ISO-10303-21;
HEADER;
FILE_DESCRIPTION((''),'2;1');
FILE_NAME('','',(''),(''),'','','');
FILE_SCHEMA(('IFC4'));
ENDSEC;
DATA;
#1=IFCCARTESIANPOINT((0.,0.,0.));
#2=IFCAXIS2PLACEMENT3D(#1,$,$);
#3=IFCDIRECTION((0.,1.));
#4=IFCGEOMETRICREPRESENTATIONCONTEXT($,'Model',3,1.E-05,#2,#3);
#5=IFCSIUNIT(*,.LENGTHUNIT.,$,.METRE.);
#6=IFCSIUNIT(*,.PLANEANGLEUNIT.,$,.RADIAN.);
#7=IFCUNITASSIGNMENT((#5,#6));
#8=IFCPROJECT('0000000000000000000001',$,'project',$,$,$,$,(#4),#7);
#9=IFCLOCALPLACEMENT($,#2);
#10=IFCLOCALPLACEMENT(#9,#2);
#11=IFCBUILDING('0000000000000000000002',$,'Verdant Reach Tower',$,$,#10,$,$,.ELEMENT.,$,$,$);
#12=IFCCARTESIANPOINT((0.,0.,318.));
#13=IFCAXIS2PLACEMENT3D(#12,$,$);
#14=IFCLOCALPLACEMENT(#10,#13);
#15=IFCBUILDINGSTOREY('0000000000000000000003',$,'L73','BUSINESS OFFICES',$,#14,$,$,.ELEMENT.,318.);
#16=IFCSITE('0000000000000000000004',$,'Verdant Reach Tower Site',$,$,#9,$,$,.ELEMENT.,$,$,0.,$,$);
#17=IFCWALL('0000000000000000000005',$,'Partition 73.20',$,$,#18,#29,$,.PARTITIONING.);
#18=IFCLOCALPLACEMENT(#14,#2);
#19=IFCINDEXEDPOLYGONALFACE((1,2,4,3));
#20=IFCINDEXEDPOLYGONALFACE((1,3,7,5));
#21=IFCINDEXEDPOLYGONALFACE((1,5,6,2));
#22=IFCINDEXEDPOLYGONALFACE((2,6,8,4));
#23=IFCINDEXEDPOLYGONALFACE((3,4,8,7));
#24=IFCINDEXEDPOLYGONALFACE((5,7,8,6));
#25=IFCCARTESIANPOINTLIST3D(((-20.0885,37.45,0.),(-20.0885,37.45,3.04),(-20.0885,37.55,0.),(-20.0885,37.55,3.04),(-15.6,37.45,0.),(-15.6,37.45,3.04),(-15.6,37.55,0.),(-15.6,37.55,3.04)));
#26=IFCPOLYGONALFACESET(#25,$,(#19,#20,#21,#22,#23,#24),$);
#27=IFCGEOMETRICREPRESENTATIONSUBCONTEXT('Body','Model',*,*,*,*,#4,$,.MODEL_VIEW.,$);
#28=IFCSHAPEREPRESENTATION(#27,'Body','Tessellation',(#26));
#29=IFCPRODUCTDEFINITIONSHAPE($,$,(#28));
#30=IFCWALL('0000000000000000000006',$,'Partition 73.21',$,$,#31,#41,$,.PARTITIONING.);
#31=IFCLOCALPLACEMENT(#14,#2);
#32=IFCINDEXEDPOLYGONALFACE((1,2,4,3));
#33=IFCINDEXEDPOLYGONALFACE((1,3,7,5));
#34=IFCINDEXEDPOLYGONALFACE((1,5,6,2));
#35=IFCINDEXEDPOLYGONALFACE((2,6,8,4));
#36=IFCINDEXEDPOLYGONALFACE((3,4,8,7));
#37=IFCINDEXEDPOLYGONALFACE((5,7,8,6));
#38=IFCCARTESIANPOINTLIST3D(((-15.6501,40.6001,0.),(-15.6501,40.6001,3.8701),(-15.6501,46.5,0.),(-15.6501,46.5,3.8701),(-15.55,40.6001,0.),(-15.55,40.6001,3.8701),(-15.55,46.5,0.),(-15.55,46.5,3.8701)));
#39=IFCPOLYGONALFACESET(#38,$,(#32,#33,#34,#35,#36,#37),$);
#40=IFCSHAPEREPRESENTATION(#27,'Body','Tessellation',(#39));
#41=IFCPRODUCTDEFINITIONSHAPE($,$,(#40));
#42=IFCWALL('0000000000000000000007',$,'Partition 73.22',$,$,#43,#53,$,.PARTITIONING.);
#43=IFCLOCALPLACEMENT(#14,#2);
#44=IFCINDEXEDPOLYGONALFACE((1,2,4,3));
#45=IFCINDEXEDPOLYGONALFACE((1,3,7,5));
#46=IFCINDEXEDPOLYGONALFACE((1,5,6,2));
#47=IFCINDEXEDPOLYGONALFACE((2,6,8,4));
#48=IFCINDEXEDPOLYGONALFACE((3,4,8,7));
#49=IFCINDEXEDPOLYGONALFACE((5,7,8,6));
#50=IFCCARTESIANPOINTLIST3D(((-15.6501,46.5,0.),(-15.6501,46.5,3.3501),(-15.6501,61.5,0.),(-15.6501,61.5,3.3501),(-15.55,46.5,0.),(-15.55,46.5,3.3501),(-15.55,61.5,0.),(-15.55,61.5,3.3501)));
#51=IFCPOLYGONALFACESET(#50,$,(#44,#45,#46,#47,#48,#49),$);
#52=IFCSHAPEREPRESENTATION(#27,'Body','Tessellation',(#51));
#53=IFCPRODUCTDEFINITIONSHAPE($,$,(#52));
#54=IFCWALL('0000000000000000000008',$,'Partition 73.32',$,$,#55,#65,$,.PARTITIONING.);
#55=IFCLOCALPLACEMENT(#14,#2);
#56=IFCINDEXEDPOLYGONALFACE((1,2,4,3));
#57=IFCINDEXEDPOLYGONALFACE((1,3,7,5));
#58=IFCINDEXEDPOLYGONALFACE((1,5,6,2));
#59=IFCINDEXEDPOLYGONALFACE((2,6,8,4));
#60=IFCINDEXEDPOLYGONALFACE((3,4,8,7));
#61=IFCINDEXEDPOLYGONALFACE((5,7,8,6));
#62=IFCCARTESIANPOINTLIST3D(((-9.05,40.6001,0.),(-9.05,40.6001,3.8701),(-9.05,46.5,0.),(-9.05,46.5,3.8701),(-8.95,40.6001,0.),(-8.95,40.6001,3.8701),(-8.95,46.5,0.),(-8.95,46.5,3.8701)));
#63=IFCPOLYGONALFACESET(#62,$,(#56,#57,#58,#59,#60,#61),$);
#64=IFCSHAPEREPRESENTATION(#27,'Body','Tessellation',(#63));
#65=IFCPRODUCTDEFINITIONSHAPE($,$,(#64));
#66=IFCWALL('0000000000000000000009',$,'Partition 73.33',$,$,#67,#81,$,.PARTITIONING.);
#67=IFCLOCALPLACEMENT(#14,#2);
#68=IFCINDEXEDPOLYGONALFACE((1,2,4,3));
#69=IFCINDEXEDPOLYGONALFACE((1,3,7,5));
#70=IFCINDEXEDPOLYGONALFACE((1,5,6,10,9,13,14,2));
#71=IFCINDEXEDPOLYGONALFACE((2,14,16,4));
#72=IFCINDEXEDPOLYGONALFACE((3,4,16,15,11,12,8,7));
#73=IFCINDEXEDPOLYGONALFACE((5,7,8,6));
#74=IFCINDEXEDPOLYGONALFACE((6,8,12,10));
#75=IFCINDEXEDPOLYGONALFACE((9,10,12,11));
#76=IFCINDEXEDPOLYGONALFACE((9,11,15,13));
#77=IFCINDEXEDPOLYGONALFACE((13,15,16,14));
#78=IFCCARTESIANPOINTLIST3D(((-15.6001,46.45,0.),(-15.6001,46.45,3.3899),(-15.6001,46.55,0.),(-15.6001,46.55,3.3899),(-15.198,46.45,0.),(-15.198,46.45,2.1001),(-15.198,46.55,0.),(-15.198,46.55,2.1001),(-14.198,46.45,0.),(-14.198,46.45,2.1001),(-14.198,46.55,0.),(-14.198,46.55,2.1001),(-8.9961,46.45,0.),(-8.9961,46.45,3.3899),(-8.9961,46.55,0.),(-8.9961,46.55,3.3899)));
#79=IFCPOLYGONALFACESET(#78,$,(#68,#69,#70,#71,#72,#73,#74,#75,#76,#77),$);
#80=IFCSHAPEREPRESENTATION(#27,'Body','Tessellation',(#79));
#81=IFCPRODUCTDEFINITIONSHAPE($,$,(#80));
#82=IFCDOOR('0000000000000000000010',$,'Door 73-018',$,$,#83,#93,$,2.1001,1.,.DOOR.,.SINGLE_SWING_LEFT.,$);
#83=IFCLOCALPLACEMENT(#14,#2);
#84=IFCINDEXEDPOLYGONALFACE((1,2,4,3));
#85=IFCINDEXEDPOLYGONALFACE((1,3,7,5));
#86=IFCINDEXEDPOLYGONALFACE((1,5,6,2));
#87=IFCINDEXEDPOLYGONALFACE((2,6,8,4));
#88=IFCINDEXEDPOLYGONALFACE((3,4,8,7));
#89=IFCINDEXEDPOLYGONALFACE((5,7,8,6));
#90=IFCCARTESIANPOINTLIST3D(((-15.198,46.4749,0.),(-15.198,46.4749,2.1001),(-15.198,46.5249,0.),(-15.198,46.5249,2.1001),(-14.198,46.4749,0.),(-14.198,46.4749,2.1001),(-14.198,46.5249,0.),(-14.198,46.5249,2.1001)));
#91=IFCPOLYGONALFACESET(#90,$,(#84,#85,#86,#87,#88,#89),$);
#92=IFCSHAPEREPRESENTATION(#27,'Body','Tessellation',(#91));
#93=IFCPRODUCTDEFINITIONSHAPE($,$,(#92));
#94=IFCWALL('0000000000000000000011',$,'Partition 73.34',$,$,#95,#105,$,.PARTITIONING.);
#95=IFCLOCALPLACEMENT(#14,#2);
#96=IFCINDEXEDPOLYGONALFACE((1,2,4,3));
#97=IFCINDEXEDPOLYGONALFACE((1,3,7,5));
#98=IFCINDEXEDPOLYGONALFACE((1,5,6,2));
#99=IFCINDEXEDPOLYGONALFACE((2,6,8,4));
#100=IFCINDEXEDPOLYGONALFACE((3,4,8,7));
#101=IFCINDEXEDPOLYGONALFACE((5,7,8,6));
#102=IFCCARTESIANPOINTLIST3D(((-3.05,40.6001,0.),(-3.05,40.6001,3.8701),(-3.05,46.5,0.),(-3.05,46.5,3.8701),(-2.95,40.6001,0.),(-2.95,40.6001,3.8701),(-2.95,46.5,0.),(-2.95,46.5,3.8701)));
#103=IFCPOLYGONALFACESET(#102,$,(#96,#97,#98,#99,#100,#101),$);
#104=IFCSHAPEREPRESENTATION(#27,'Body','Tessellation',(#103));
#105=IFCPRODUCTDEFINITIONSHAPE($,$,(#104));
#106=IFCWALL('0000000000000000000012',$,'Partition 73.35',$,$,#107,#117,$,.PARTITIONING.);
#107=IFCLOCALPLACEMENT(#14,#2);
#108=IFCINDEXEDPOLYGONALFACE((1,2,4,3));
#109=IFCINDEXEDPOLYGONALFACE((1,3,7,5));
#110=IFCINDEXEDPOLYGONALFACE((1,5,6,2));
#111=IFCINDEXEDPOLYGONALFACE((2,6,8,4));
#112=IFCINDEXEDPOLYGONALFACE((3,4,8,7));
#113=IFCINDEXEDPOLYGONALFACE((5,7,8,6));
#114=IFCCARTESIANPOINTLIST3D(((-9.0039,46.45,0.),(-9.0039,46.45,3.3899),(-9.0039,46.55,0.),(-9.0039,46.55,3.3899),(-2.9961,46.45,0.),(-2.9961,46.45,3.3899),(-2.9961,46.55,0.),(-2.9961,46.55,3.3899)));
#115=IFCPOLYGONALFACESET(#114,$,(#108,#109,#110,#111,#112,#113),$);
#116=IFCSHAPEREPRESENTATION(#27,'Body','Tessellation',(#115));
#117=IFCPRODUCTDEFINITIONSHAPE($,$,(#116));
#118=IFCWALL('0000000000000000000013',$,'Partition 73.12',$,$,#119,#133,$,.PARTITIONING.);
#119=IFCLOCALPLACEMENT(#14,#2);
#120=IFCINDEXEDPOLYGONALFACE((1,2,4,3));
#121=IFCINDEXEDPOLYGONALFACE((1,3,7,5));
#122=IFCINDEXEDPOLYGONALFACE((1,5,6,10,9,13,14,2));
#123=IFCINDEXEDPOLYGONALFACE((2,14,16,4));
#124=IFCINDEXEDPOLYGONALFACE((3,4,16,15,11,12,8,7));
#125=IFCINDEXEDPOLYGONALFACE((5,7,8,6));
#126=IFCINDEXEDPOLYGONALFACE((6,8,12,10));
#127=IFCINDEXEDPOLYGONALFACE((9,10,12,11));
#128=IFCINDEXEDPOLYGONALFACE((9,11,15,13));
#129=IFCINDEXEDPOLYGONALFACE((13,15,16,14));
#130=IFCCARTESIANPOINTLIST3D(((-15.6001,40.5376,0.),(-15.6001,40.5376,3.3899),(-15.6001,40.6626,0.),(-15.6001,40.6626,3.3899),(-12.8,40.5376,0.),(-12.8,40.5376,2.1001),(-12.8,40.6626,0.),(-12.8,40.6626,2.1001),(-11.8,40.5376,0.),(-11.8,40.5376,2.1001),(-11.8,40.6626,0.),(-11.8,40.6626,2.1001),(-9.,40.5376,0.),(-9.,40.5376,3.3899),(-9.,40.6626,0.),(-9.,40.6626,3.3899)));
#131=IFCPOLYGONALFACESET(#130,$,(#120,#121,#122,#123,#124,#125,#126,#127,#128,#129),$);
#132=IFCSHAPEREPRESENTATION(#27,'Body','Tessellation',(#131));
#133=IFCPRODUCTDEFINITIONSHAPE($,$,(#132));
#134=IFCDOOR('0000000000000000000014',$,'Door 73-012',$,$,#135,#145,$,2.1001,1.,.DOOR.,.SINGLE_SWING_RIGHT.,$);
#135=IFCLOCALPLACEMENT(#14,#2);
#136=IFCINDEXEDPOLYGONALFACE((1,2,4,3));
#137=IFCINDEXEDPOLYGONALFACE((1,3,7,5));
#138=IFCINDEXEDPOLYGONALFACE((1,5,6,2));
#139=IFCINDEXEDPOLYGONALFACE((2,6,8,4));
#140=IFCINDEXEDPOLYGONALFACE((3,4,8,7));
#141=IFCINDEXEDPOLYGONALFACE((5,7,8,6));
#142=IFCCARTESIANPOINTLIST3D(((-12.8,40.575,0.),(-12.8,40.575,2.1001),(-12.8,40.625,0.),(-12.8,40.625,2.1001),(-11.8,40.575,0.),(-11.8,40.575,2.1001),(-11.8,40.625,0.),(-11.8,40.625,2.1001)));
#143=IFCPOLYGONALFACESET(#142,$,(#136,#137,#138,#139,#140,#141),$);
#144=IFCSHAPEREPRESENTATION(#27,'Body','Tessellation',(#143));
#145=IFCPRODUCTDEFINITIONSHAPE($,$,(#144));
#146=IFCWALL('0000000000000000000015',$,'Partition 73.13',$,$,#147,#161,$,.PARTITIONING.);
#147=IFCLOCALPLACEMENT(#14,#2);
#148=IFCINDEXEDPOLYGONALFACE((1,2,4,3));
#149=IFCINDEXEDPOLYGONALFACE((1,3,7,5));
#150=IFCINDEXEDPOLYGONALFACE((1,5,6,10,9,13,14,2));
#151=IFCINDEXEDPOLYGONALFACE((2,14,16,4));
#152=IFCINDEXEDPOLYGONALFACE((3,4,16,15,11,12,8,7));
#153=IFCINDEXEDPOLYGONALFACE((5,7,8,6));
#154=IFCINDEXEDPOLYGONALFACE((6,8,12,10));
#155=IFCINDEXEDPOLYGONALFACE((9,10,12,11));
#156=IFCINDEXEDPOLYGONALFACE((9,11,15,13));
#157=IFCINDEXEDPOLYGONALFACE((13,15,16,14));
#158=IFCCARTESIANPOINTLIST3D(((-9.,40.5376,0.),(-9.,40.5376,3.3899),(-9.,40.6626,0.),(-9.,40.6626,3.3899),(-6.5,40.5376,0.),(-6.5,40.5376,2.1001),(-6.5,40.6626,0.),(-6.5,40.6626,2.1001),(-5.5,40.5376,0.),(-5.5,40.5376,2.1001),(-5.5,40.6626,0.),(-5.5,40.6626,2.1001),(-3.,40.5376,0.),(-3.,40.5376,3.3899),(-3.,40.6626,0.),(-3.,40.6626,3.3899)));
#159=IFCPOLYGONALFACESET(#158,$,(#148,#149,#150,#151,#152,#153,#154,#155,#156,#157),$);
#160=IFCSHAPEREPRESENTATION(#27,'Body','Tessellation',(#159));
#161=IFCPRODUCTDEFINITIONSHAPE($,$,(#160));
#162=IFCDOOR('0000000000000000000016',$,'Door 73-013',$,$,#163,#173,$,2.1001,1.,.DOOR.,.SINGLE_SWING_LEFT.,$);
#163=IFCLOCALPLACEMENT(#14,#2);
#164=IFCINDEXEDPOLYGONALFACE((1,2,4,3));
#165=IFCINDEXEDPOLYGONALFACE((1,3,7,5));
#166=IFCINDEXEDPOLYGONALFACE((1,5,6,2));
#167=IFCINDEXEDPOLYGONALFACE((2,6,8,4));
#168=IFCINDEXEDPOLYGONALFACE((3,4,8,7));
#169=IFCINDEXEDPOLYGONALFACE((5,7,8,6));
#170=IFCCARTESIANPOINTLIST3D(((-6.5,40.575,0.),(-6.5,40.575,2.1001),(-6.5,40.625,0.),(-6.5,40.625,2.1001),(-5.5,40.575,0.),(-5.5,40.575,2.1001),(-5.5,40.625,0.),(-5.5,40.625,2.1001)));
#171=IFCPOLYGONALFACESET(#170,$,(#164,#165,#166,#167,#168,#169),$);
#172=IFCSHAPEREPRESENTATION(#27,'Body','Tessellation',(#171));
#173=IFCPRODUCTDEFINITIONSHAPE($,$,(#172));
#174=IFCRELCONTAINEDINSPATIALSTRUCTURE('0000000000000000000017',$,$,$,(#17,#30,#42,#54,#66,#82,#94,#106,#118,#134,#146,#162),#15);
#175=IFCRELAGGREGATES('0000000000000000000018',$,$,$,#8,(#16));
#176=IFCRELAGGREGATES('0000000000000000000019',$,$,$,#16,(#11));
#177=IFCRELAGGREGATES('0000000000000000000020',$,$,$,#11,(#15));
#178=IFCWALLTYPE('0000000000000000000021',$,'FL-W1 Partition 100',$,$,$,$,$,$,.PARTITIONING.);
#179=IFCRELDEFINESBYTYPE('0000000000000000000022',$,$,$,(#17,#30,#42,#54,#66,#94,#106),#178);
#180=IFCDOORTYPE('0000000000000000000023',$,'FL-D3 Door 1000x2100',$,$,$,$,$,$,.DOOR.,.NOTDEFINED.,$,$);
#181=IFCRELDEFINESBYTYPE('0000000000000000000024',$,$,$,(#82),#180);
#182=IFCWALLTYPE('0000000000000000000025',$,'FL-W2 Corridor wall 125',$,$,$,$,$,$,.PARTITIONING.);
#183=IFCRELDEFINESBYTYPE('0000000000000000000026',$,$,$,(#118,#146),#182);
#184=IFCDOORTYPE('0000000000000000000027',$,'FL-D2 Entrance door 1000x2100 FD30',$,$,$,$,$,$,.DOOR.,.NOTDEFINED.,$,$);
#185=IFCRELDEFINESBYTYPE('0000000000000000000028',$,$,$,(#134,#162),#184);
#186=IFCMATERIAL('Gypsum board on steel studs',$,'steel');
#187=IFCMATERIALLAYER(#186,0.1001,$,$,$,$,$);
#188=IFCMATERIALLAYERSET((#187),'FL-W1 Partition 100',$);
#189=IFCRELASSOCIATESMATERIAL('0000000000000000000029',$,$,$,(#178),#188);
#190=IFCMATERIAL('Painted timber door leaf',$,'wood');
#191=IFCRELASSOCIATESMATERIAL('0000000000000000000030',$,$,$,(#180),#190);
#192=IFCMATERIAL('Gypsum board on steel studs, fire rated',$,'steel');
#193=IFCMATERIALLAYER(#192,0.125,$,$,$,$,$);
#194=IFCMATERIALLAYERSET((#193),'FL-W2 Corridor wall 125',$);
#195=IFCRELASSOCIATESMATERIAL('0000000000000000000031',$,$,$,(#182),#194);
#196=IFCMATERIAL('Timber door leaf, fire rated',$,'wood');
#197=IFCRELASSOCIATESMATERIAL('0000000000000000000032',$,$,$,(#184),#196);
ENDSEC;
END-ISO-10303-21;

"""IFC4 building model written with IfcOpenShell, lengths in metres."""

from ifc_helpers import new_model, si_unit, direction, frame, frame_2d, origin, place, context, subcontext, project, spatial, rectangle, extrude, material, layer, layer_set, type_object, element, fill, save


model = new_model("IFC4")

# Units and contexts
model_context = context("Model", 3, precision=1e-05, world=origin(), true_north=direction((0.0, 1.0)))
body_context = subcontext(model_context, "Body", "Model", "MODEL_VIEW")
ifc_project = project(units=[si_unit("LENGTHUNIT", "METRE"), si_unit("PLANEANGLEUNIT", "RADIAN")], contexts=[model_context])

# Site, building, storey
site_placement = place(None, origin())
site = spatial("IfcSite", under=ifc_project, at=site_placement, Name="Verdant Reach Tower Site", CompositionType="ELEMENT", RefElevation=0.0)
building_placement = place(site_placement, origin())
building = spatial("IfcBuilding", under=site, at=building_placement, Name="Verdant Reach Tower", CompositionType="ELEMENT")
storey_placement = place(building_placement, frame((0.0, 0.0, 318.0)))
storey = spatial("IfcBuildingStorey", under=building, at=storey_placement, Name="L73", Description="BUSINESS OFFICES", CompositionType="ELEMENT", Elevation=318.0)

# Walls
ifc_material_1 = material(Name="Gypsum board on steel studs", Category="steel")
ifc_layer_1 = layer(ifc_material_1, 0.1001)
ifc_layer_set_1 = layer_set([ifc_layer_1], Name="FL-W1 Partition 100")
wall_type_1 = type_object("IfcWallType", Name="FL-W1 Partition 100", PredefinedType="PARTITIONING", material=ifc_layer_set_1)
wall_1_placement = place(storey_placement, frame((-15.6001, 37.5, 0.0), z_axis=(0.0, 0.0, 1.0), x_axis=(-1.0, 0.0, 0.0)))
element("IfcWall", 1, at=wall_1_placement, inside=storey, type_object=wall_type_1, Name="Partition 73.20", PredefinedType="PARTITIONING", context=body_context, shape_type="SweptSolid", body=[
    extrude(rectangle(XDim=4.4885, YDim=0.1001, at=frame_2d((2.2441, 0.0))), origin(), (0.0, 0.0, 1.0), 3.04),
])
wall_2_placement = place(storey_placement, frame((-15.6001, 40.6001, 0.0), z_axis=(0.0, 0.0, 1.0), x_axis=(0.0, 1.0, 0.0)))
element("IfcWall", 2, at=wall_2_placement, inside=storey, type_object=wall_type_1, Name="Partition 73.21", PredefinedType="PARTITIONING", context=body_context, shape_type="SweptSolid", body=[
    extrude(rectangle(XDim=5.8999, YDim=0.1001, at=frame_2d((2.95, 0.0))), origin(), (0.0, 0.0, 1.0), 3.8701),
])
wall_3_placement = place(storey_placement, frame((-15.6001, 46.5, 0.0), z_axis=(0.0, 0.0, 1.0), x_axis=(0.0, 1.0, 0.0)))
element("IfcWall", 3, at=wall_3_placement, inside=storey, type_object=wall_type_1, Name="Partition 73.22", PredefinedType="PARTITIONING", context=body_context, shape_type="SweptSolid", body=[
    extrude(rectangle(XDim=15.0, YDim=0.1001, at=frame_2d((7.5, 0.0))), origin(), (0.0, 0.0, 1.0), 3.3501),
])
wall_4_placement = place(storey_placement, frame((-9.0, 40.6001, 0.0), z_axis=(0.0, 0.0, 1.0), x_axis=(0.0, 1.0, 0.0)))
element("IfcWall", 4, at=wall_4_placement, inside=storey, type_object=wall_type_1, Name="Partition 73.32", PredefinedType="PARTITIONING", context=body_context, shape_type="SweptSolid", body=[
    extrude(rectangle(XDim=5.8999, YDim=0.1001, at=frame_2d((2.95, 0.0))), origin(), (0.0, 0.0, 1.0), 3.8701),
])

# Wall, opening, door
wall_5_placement = place(storey_placement, frame((-15.6001, 46.5, 0.0), z_axis=(0.0, 0.0, 1.0), x_axis=(1.0, 0.0, 0.0)))
wall_5 = element("IfcWall", 5, at=wall_5_placement, inside=storey, type_object=wall_type_1, Name="Partition 73.33", PredefinedType="PARTITIONING", context=body_context, shape_type="SweptSolid", body=[
    extrude(rectangle(XDim=6.604, YDim=0.1001, at=frame_2d((3.302, 0.0))), origin(), (0.0, 0.0, 1.0), 3.3899),
])
opening_1_placement = place(wall_5_placement, frame((0.4021, 0.0, 0.0)))
opening_1 = element("IfcOpeningElement", 6, at=opening_1_placement, cuts=wall_5, PredefinedType="OPENING", context=body_context, shape_type="SweptSolid", body=[
    extrude(rectangle(XDim=1.0, YDim=2.1001, at=frame_2d((0.5, 1.05))), frame((0.0, 0.0601, 0.0), z_axis=(0.0, -1.0, 0.0), x_axis=(1.0, 0.0, 0.0)), (0.0, 0.0, 1.0), 0.1201),
])
ifc_material_2 = material(Name="Painted timber door leaf", Category="wood")
door_type_1 = type_object("IfcDoorType", Name="FL-D3 Door 1000x2100", OperationType="NOTDEFINED", PredefinedType="DOOR", material=ifc_material_2)
door_1_placement = place(opening_1_placement, origin())
door_1 = element("IfcDoor", 7, at=door_1_placement, inside=storey, type_object=door_type_1, Name="Door 73-018", OperationType="SINGLE_SWING_LEFT", OverallHeight=2.1001, OverallWidth=1.0, PredefinedType="DOOR", context=body_context, shape_type="SweptSolid", body=[
    extrude(rectangle(XDim=1.0, YDim=2.1001, at=frame_2d((0.5, 1.05))), frame((0.0, 0.0249, 0.0), z_axis=(0.0, -1.0, 0.0), x_axis=(1.0, 0.0, 0.0)), (0.0, 0.0, 1.0), 0.05),
])
fill(opening_1, door_1)

# Walls
wall_6_placement = place(storey_placement, frame((-3.0, 40.6001, 0.0), z_axis=(0.0, 0.0, 1.0), x_axis=(0.0, 1.0, 0.0)))
element("IfcWall", 8, at=wall_6_placement, inside=storey, type_object=wall_type_1, Name="Partition 73.34", PredefinedType="PARTITIONING", context=body_context, shape_type="SweptSolid", body=[
    extrude(rectangle(XDim=5.8999, YDim=0.1001, at=frame_2d((2.95, 0.0))), origin(), (0.0, 0.0, 1.0), 3.8701),
])
wall_7_placement = place(storey_placement, frame((-2.9961, 46.5, 0.0), z_axis=(0.0, 0.0, 1.0), x_axis=(-1.0, 0.0, 0.0)))
element("IfcWall", 9, at=wall_7_placement, inside=storey, type_object=wall_type_1, Name="Partition 73.35", PredefinedType="PARTITIONING", context=body_context, shape_type="SweptSolid", body=[
    extrude(rectangle(XDim=6.0078, YDim=0.1001, at=frame_2d((3.0039, 0.0))), origin(), (0.0, 0.0, 1.0), 3.3899),
])

# Walls, openings, doors
ifc_material_3 = material(Name="Gypsum board on steel studs, fire rated", Category="steel")
ifc_layer_2 = layer(ifc_material_3, 0.125)
ifc_layer_set_2 = layer_set([ifc_layer_2], Name="FL-W2 Corridor wall 125")
wall_type_2 = type_object("IfcWallType", Name="FL-W2 Corridor wall 125", PredefinedType="PARTITIONING", material=ifc_layer_set_2)
wall_8_placement = place(storey_placement, frame((-15.6001, 40.6001, 0.0), z_axis=(0.0, 0.0, 1.0), x_axis=(1.0, 0.0, 0.0)))
wall_8 = element("IfcWall", 10, at=wall_8_placement, inside=storey, type_object=wall_type_2, Name="Partition 73.12", PredefinedType="PARTITIONING", context=body_context, shape_type="SweptSolid", body=[
    extrude(rectangle(XDim=6.6001, YDim=0.125, at=frame_2d((3.3, 0.0))), origin(), (0.0, 0.0, 1.0), 3.3899),
])
opening_2_placement = place(wall_8_placement, frame((2.8, 0.0, 0.0)))
opening_2 = element("IfcOpeningElement", 11, at=opening_2_placement, cuts=wall_8, PredefinedType="OPENING", context=body_context, shape_type="SweptSolid", body=[
    extrude(rectangle(XDim=1.0, YDim=2.1001, at=frame_2d((0.5, 1.05))), frame((0.0, 0.0725, 0.0), z_axis=(0.0, -1.0, 0.0), x_axis=(1.0, 0.0, 0.0)), (0.0, 0.0, 1.0), 0.145),
])
ifc_material_4 = material(Name="Timber door leaf, fire rated", Category="wood")
door_type_2 = type_object("IfcDoorType", Name="FL-D2 Entrance door 1000x2100 FD30", OperationType="NOTDEFINED", PredefinedType="DOOR", material=ifc_material_4)
door_2_placement = place(opening_2_placement, origin())
door_2 = element("IfcDoor", 12, at=door_2_placement, inside=storey, type_object=door_type_2, Name="Door 73-012", OperationType="SINGLE_SWING_RIGHT", OverallHeight=2.1001, OverallWidth=1.0, PredefinedType="DOOR", context=body_context, shape_type="SweptSolid", body=[
    extrude(rectangle(XDim=1.0, YDim=2.1001, at=frame_2d((0.5, 1.05))), frame((0.0, 0.0249, 0.0), z_axis=(0.0, -1.0, 0.0), x_axis=(1.0, 0.0, 0.0)), (0.0, 0.0, 1.0), 0.05),
])
fill(opening_2, door_2)
wall_9_placement = place(storey_placement, frame((-9.0, 40.6001, 0.0), z_axis=(0.0, 0.0, 1.0), x_axis=(1.0, 0.0, 0.0)))
wall_9 = element("IfcWall", 13, at=wall_9_placement, inside=storey, type_object=wall_type_2, Name="Partition 73.13", PredefinedType="PARTITIONING", context=body_context, shape_type="SweptSolid", body=[
    extrude(rectangle(XDim=6.0, YDim=0.125, at=frame_2d((3.0, 0.0))), origin(), (0.0, 0.0, 1.0), 3.3899),
])
opening_3_placement = place(wall_9_placement, frame((2.5, 0.0, 0.0)))
opening_3 = element("IfcOpeningElement", 14, at=opening_3_placement, cuts=wall_9, PredefinedType="OPENING", context=body_context, shape_type="SweptSolid", body=[
    extrude(rectangle(XDim=1.0, YDim=2.1001, at=frame_2d((0.5, 1.05))), frame((0.0, 0.0725, 0.0), z_axis=(0.0, -1.0, 0.0), x_axis=(1.0, 0.0, 0.0)), (0.0, 0.0, 1.0), 0.145),
])
door_3_placement = place(opening_3_placement, origin())
door_3 = element("IfcDoor", 15, at=door_3_placement, inside=storey, type_object=door_type_2, Name="Door 73-013", OperationType="SINGLE_SWING_LEFT", OverallHeight=2.1001, OverallWidth=1.0, PredefinedType="DOOR", context=body_context, shape_type="SweptSolid", body=[
    extrude(rectangle(XDim=1.0, YDim=2.1001, at=frame_2d((0.5, 1.05))), frame((0.0, 0.0249, 0.0), z_axis=(0.0, -1.0, 0.0), x_axis=(1.0, 0.0, 0.0)), (0.0, 0.0, 1.0), 0.05),
])
fill(opening_3, door_3)

save(model, "model.ifc")
